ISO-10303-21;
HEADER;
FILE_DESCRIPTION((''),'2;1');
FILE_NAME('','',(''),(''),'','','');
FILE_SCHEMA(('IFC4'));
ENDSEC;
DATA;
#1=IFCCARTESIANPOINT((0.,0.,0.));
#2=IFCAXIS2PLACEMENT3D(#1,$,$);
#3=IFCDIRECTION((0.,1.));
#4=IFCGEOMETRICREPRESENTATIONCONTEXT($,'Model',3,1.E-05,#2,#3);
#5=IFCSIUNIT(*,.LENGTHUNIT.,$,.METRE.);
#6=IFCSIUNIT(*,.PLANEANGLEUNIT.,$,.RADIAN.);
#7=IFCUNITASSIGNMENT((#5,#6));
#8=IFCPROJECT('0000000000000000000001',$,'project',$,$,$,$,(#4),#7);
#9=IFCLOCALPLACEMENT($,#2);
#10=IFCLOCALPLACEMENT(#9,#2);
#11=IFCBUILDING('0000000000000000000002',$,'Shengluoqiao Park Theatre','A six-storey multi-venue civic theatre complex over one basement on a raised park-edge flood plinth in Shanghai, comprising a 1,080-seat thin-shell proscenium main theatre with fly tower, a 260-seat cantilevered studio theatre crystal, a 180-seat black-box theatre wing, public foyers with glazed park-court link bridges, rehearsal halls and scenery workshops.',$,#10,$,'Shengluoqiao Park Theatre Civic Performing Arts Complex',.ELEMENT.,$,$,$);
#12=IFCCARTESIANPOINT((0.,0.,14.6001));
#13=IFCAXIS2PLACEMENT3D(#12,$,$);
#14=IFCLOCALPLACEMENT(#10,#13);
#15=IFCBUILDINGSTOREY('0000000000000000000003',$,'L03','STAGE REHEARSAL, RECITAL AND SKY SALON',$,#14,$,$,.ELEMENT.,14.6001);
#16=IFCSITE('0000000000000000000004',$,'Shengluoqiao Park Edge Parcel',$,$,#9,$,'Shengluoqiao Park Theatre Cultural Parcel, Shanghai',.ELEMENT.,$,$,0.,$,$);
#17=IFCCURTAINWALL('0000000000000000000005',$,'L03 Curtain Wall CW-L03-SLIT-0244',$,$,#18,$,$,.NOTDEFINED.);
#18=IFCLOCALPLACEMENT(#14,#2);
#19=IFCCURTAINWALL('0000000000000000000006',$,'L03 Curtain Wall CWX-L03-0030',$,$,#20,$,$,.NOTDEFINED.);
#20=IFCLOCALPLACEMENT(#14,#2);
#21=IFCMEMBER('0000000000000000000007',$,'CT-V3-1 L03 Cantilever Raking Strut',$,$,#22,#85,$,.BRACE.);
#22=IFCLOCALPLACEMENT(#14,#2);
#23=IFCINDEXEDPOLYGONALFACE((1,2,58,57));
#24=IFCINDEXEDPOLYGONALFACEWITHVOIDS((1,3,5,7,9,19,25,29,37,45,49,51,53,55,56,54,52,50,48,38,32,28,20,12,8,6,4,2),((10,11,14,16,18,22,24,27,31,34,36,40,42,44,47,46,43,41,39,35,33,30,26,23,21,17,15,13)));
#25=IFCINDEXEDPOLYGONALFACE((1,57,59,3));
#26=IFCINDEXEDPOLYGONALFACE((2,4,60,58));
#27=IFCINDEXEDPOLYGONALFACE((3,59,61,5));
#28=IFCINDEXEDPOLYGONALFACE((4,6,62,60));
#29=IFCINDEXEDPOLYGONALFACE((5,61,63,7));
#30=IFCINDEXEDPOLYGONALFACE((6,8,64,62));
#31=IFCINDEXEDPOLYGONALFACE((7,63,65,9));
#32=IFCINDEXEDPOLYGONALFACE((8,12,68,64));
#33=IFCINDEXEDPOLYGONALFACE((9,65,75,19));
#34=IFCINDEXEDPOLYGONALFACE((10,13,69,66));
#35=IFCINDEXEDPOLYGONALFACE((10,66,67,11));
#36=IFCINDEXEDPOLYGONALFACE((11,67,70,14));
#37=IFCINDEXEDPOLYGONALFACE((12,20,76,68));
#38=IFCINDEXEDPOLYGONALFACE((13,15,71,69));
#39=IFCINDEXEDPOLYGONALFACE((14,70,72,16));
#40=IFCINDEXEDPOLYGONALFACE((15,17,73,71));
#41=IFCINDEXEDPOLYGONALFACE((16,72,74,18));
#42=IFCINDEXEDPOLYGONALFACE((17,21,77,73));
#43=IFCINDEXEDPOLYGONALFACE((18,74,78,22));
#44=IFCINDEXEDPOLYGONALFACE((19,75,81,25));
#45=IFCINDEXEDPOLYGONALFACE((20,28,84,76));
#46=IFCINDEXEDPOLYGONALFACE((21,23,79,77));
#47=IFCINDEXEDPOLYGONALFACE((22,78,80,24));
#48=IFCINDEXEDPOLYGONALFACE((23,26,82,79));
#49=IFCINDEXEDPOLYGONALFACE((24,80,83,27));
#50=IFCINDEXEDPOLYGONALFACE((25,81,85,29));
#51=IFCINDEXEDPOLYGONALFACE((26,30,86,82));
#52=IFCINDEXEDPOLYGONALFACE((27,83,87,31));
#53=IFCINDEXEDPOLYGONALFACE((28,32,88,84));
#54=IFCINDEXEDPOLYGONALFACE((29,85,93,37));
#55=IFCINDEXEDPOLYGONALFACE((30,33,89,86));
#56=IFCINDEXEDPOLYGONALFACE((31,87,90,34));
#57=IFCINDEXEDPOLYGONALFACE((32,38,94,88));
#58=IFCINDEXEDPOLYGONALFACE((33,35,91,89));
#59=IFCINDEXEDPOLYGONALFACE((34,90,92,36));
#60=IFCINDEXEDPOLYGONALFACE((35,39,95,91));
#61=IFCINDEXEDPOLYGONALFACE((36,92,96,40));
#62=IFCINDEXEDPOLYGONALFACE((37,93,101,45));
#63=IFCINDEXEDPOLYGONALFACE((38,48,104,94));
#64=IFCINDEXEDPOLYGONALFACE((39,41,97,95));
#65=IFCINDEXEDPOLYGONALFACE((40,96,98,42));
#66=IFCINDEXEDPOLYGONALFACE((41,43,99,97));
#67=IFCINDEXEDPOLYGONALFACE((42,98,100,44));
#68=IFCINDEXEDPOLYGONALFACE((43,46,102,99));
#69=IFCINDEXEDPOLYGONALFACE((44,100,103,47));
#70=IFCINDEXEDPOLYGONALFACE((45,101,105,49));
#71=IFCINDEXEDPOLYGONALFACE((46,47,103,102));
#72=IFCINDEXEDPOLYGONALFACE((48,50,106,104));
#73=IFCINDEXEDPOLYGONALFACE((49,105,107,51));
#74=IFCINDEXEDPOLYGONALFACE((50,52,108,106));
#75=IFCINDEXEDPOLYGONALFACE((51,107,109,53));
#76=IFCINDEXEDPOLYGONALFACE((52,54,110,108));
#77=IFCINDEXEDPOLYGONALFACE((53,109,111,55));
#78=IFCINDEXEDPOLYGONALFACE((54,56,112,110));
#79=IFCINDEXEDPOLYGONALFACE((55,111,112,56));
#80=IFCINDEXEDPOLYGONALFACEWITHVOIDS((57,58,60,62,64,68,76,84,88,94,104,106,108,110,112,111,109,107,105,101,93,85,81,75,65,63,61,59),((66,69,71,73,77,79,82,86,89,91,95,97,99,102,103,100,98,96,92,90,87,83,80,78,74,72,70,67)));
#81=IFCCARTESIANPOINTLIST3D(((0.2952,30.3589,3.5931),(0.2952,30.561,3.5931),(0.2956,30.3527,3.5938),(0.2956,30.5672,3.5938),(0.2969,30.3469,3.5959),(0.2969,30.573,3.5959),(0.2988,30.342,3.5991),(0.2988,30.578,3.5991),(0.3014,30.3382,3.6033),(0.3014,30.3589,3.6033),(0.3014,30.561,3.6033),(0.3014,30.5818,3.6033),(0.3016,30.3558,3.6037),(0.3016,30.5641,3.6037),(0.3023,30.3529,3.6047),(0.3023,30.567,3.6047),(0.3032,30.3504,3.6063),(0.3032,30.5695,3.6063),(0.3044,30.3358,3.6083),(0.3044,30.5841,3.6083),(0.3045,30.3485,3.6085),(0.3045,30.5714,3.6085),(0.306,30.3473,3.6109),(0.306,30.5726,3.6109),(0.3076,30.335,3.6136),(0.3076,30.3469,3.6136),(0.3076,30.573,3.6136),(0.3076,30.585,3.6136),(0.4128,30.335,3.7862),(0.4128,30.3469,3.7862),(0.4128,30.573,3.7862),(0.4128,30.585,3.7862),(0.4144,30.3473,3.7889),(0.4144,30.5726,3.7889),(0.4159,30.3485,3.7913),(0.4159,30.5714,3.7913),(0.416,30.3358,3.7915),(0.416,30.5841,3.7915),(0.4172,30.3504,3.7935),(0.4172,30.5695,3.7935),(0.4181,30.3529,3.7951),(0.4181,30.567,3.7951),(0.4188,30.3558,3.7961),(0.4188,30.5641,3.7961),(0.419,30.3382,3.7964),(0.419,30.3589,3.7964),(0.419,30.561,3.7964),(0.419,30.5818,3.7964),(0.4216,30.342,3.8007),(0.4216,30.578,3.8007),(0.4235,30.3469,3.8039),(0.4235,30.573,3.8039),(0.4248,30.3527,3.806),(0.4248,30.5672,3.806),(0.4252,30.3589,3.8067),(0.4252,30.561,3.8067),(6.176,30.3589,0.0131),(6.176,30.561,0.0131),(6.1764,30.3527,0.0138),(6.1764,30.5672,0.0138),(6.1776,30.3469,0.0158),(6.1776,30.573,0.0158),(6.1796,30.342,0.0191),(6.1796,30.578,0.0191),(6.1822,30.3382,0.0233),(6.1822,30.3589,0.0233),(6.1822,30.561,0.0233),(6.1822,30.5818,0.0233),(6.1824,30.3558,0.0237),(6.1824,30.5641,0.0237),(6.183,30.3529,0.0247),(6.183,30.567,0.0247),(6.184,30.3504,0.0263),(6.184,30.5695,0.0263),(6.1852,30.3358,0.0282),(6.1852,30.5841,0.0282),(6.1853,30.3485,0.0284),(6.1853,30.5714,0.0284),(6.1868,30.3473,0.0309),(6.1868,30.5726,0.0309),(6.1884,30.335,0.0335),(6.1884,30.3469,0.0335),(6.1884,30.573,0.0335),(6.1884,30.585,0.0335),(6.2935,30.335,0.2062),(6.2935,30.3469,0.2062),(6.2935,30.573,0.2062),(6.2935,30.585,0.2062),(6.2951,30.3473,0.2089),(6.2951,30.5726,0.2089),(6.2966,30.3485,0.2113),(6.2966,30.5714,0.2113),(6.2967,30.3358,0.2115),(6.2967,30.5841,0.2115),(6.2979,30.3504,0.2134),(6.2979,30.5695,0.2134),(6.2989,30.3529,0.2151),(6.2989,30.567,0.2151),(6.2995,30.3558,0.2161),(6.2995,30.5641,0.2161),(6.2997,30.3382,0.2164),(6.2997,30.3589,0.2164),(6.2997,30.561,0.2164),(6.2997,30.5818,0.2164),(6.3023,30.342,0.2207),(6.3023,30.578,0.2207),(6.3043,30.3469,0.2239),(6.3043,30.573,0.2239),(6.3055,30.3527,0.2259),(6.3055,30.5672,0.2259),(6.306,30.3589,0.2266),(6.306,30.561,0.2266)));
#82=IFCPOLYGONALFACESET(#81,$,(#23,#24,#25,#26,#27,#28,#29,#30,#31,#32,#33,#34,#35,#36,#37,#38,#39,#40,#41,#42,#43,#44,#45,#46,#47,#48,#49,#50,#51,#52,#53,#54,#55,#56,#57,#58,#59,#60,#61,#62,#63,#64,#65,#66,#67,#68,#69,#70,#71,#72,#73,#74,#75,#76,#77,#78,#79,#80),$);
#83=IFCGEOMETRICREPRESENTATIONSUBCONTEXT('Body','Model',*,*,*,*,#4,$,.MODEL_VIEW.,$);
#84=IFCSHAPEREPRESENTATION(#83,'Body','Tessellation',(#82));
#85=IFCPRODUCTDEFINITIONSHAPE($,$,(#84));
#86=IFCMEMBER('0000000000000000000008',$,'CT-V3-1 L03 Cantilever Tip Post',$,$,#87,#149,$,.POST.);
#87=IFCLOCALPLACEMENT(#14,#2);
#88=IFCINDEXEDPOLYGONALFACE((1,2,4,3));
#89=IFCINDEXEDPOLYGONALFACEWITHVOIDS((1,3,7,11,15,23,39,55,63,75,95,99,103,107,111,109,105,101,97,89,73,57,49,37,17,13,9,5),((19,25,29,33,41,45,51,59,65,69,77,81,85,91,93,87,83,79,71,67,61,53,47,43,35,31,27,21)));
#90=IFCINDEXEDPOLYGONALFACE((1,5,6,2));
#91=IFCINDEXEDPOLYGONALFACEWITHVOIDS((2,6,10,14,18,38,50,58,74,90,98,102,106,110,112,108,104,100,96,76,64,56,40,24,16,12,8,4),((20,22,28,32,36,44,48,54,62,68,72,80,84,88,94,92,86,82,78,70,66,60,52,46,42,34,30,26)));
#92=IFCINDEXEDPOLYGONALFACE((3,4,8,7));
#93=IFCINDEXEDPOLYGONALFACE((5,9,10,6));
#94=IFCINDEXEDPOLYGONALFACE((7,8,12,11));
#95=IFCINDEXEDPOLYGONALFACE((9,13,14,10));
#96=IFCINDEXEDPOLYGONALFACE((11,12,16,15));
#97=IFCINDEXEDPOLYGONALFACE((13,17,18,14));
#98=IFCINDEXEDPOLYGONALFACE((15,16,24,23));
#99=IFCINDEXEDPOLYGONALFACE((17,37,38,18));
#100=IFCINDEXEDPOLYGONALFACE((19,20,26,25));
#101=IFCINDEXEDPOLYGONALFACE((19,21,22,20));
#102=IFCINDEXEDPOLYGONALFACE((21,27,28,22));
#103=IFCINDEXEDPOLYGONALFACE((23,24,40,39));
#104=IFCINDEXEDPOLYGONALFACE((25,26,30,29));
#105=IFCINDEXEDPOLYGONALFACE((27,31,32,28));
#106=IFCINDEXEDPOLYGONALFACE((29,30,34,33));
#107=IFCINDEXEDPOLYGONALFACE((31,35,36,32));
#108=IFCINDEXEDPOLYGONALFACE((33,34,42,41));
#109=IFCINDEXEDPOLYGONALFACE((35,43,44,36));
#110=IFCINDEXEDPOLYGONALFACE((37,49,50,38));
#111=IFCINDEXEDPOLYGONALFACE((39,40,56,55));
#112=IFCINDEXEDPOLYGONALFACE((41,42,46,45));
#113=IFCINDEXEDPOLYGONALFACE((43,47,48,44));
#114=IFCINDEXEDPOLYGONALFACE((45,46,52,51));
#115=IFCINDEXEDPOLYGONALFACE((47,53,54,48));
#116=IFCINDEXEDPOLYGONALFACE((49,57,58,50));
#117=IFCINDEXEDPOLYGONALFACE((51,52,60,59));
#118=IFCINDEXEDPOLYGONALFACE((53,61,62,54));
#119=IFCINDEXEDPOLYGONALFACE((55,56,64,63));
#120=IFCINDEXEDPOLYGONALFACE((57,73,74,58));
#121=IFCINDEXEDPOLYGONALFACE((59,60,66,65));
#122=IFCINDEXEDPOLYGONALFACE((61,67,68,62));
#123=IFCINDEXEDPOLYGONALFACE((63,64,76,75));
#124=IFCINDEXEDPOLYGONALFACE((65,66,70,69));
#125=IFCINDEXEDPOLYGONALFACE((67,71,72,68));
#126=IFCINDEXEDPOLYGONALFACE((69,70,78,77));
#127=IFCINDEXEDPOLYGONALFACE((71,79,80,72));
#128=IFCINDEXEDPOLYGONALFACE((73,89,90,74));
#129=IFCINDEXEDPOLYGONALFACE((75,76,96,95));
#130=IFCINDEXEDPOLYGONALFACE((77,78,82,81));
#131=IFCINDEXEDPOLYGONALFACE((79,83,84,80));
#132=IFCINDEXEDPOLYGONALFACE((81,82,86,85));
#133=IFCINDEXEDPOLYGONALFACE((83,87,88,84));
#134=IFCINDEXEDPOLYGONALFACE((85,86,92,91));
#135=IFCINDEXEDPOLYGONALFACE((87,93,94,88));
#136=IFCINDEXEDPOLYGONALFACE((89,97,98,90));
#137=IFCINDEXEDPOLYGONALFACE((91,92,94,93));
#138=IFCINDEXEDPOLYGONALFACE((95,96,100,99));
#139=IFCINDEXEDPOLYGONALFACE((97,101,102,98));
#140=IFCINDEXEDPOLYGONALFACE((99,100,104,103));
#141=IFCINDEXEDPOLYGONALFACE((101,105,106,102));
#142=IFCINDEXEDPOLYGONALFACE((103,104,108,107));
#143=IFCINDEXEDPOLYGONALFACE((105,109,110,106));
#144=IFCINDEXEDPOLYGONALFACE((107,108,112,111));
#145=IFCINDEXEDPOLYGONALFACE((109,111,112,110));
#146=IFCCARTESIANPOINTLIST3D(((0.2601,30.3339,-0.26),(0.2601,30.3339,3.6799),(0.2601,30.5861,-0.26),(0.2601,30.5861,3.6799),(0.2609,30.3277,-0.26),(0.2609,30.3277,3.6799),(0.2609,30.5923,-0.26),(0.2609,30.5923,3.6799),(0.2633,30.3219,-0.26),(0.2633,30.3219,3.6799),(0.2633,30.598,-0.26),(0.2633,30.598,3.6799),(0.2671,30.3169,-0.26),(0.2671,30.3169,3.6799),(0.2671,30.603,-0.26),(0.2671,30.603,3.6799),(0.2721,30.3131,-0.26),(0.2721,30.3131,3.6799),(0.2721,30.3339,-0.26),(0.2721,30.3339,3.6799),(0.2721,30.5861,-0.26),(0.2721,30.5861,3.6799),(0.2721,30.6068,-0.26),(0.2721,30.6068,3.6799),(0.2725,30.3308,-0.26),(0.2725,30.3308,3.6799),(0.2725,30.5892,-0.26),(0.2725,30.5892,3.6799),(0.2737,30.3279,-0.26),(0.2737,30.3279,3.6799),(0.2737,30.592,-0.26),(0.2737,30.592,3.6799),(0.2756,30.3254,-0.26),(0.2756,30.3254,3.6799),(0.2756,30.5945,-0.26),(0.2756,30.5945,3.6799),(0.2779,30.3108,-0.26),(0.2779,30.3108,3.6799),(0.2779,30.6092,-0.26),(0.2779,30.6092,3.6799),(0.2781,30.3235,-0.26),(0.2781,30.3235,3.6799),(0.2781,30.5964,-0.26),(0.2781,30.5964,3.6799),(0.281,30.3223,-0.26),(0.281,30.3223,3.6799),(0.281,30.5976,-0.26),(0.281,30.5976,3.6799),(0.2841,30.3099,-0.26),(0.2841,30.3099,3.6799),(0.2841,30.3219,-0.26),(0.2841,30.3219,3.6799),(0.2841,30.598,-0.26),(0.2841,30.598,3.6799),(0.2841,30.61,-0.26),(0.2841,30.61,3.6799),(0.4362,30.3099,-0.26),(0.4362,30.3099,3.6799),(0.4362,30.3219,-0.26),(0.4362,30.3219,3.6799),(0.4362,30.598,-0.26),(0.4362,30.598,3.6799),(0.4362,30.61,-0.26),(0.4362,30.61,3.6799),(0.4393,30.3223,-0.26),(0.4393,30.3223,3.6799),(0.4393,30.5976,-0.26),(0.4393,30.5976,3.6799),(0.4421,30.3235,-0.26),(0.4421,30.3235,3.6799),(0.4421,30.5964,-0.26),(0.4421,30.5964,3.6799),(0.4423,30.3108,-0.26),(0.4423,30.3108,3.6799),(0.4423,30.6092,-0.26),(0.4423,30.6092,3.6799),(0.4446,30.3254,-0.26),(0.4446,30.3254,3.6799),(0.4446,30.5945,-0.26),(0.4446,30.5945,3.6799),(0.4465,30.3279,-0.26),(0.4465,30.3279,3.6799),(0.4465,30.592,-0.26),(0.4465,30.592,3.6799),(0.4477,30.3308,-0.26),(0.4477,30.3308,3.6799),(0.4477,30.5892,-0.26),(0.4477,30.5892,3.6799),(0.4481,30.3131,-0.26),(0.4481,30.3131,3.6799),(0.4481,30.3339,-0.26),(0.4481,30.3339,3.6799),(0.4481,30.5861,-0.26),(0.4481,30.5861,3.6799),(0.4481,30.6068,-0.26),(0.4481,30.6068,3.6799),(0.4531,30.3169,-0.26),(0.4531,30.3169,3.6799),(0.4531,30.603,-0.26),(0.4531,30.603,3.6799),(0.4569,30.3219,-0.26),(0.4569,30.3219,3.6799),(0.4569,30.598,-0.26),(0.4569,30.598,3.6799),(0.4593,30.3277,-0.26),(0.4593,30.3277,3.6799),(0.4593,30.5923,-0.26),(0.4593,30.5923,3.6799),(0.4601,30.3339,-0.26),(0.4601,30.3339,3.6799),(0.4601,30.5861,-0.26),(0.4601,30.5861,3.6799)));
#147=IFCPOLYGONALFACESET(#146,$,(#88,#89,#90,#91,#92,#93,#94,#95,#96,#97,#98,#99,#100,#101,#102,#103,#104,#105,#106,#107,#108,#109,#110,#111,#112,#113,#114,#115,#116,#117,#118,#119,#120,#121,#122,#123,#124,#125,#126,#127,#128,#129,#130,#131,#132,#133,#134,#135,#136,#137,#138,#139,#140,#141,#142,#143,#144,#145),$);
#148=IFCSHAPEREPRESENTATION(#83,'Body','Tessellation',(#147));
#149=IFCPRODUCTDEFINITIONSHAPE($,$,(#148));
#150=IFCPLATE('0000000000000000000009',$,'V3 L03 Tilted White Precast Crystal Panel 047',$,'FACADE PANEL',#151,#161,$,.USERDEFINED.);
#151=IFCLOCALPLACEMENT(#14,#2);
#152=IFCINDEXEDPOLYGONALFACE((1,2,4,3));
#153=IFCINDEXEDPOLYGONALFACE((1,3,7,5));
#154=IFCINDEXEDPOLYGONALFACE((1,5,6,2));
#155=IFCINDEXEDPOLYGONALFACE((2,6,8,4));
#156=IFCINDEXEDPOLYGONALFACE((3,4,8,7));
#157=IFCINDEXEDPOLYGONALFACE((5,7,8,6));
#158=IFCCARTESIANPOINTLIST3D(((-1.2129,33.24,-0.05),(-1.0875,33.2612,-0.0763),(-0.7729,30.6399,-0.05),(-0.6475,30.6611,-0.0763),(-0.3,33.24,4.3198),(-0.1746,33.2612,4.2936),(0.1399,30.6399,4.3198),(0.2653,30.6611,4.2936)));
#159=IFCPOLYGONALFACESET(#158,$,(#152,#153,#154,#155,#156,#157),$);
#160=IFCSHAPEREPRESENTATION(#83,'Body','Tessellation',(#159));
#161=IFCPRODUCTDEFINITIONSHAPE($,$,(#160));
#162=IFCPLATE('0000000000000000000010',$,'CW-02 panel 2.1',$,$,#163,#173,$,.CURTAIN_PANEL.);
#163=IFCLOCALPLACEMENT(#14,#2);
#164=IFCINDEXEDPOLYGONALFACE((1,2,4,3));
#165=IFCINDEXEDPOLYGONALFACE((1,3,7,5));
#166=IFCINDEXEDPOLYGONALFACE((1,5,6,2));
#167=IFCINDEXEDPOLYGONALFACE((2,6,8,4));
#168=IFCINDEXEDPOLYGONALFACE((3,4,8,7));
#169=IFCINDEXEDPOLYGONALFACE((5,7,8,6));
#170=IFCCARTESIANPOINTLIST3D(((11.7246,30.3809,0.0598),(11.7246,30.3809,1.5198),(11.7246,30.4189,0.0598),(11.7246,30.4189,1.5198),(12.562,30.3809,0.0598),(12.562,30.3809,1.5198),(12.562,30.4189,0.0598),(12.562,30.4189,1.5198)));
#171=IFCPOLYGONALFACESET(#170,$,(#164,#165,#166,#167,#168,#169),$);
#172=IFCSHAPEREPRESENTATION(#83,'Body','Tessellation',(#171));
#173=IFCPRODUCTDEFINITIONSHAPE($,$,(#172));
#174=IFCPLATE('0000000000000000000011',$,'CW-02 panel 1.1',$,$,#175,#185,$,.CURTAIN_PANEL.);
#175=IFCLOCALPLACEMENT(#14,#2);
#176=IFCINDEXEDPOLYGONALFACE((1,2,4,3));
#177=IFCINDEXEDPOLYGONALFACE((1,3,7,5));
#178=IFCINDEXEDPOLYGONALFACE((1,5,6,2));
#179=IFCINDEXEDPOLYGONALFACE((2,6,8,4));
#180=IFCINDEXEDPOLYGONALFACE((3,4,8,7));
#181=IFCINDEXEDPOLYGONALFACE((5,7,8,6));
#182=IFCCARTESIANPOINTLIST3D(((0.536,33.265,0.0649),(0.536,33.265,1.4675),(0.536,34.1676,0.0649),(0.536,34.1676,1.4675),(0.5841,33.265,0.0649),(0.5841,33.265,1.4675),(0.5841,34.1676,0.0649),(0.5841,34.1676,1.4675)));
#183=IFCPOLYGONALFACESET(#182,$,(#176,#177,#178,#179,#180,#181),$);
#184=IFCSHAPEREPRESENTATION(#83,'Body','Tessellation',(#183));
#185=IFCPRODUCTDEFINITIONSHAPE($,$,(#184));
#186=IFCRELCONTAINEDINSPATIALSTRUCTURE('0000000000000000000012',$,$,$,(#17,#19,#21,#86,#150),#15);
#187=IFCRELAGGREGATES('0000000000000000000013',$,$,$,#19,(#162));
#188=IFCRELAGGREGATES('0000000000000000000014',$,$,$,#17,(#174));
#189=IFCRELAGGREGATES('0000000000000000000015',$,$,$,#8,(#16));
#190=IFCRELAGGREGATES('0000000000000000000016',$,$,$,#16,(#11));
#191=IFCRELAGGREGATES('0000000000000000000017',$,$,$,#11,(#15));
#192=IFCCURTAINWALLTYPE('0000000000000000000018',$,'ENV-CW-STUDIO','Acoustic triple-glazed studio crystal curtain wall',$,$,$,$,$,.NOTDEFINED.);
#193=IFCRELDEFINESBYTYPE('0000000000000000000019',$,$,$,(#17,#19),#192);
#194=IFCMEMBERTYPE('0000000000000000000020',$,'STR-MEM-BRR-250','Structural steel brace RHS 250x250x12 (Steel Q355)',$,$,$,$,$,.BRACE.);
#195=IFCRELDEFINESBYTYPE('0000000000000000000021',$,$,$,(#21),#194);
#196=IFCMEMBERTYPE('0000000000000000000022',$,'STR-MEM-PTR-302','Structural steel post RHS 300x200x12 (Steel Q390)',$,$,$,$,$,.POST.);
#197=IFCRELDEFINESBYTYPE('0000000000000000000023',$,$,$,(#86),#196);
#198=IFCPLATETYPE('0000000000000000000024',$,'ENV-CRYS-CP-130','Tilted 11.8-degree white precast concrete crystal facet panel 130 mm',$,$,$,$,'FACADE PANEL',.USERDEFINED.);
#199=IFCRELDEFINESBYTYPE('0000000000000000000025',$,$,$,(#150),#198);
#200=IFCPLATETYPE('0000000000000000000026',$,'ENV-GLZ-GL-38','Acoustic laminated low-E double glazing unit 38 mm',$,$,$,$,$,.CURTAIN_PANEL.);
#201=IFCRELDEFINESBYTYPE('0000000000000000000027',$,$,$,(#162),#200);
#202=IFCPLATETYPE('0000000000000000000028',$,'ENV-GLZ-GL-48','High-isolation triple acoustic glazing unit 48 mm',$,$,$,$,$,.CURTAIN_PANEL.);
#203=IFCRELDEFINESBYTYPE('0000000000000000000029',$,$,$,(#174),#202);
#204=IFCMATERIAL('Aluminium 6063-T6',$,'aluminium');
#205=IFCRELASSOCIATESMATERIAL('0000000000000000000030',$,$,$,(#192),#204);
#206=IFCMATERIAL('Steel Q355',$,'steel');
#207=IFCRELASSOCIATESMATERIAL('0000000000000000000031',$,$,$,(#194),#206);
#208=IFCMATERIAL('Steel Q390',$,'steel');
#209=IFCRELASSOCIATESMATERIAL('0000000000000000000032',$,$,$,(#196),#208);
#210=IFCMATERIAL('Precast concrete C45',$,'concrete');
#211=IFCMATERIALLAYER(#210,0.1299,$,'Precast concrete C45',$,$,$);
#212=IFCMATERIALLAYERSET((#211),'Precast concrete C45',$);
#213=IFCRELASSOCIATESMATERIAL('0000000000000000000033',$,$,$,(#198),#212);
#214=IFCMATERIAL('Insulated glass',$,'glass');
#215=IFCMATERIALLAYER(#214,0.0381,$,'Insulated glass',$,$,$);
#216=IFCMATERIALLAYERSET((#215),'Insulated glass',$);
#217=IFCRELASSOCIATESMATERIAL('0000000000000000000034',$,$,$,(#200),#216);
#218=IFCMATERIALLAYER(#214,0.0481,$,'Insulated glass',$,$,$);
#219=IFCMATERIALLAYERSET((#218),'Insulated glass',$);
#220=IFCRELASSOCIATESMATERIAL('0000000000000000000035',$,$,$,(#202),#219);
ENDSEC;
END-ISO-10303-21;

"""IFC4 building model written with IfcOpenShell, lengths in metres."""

from ifc_helpers import new_model, si_unit, direction, frame, origin, origin_2d, place, context, subcontext, project, spatial, polyline, rectangle, hollow_rectangle, outline, extrude, material, layer, layer_set, material_profile, profile_set, type_object, element, aggregate, save


model = new_model("IFC4")

# Units and contexts
model_context = context("Model", 3, precision=1e-05, world=origin(), true_north=direction((0.0, 1.0)))
body_context = subcontext(model_context, "Body", "Model", "MODEL_VIEW")
ifc_project = project(units=[si_unit("LENGTHUNIT", "METRE"), si_unit("PLANEANGLEUNIT", "RADIAN")], contexts=[model_context])

# Site, building, storey
site_placement = place(None, origin())
site = spatial("IfcSite", under=ifc_project, at=site_placement, Name="Shengluoqiao Park Edge Parcel", LongName="Shengluoqiao Park Theatre Cultural Parcel, Shanghai", CompositionType="ELEMENT", RefElevation=0.0)
building_placement = place(site_placement, origin())
building = spatial("IfcBuilding", under=site, at=building_placement, Name="Shengluoqiao Park Theatre", Description="A six-storey multi-venue civic theatre complex over one basement on a raised park-edge flood plinth in Shanghai, comprising a 1,080-seat thin-shell proscenium main theatre with fly tower, a 260-seat cantilevered studio theatre crystal, a 180-seat black-box theatre wing, public foyers with glazed park-court link bridges, rehearsal halls and scenery workshops.", LongName="Shengluoqiao Park Theatre Civic Performing Arts Complex", CompositionType="ELEMENT")
storey_placement = place(building_placement, frame((0.0, 0.0, 14.6001)))
storey = spatial("IfcBuildingStorey", under=building, at=storey_placement, Name="L03", Description="STAGE REHEARSAL, RECITAL AND SKY SALON", CompositionType="ELEMENT", Elevation=14.6001)

# Curtain walls
ifc_material_1 = material(Name="Aluminium 6063-T6", Category="aluminium")
curtain_wall_type = type_object("IfcCurtainWallType", Name="ENV-CW-STUDIO", Description="Acoustic triple-glazed studio crystal curtain wall", PredefinedType="NOTDEFINED", material=ifc_material_1)
curtain_wall_1_placement = place(storey_placement, origin())
curtain_wall_1 = element("IfcCurtainWall", 1, at=curtain_wall_1_placement, inside=storey, type_object=curtain_wall_type, Name="L03 Curtain Wall CW-L03-SLIT-0244", PredefinedType="NOTDEFINED")
curtain_wall_2_placement = place(storey_placement, origin())
curtain_wall_2 = element("IfcCurtainWall", 2, at=curtain_wall_2_placement, inside=storey, type_object=curtain_wall_type, Name="L03 Curtain Wall CWX-L03-0030", PredefinedType="NOTDEFINED")

# Shared definitions
ifc_material_2 = material(Name="Steel Q355", Category="steel")

# Members
ifc_material_profile_1 = material_profile(ifc_material_2, hollow_rectangle(XDim=0.25, YDim=0.25, WallThickness=0.012, InnerFilletRadius=0.012, OuterFilletRadius=0.0239, at=origin_2d()), Name="RHS 250x250x12")
ifc_profile_set_1 = profile_set([ifc_material_profile_1], Name="Steel Q355")
member_type_1 = type_object("IfcMemberType", Name="STR-MEM-BRR-250", Description="Structural steel brace RHS 250x250x12 (Steel Q355)", PredefinedType="BRACE", material=ifc_profile_set_1)
member_1_placement = place(storey_placement, frame((6.241, 30.46, 0.1199), z_axis=(-0.854171, 0.0, 0.519992), x_axis=(0.0, -1.0, 0.0)))
element("IfcMember", 3, at=member_1_placement, inside=storey, type_object=member_type_1, Name="CT-V3-1 L03 Cantilever Raking Strut", PredefinedType="BRACE", context=body_context, shape_type="SweptSolid", body=[
    extrude(hollow_rectangle(XDim=0.25, YDim=0.25, WallThickness=0.012, InnerFilletRadius=0.012, OuterFilletRadius=0.0239, at=origin_2d()), origin(), (0.0, 0.0, 1.0), 6.8848),
])
ifc_material_3 = material(Name="Steel Q390", Category="steel")
ifc_material_profile_2 = material_profile(ifc_material_3, hollow_rectangle(XDim=0.2, YDim=0.3, WallThickness=0.012, InnerFilletRadius=0.012, OuterFilletRadius=0.0239, at=origin_2d()), Name="RHS 300x200x12")
ifc_profile_set_2 = profile_set([ifc_material_profile_2], Name="Steel Q390")
member_type_2 = type_object("IfcMemberType", Name="STR-MEM-PTR-302", Description="Structural steel post RHS 300x200x12 (Steel Q390)", PredefinedType="POST", material=ifc_profile_set_2)
member_2_placement = place(storey_placement, frame((0.3601, 30.46, -0.26), z_axis=(0.0, 0.0, 1.0), x_axis=(1.0, 0.0, 0.0)))
element("IfcMember", 4, at=member_2_placement, inside=storey, type_object=member_type_2, Name="CT-V3-1 L03 Cantilever Tip Post", PredefinedType="POST", context=body_context, shape_type="SweptSolid", body=[
    extrude(hollow_rectangle(XDim=0.2, YDim=0.3, WallThickness=0.012, InnerFilletRadius=0.012, OuterFilletRadius=0.0239, at=origin_2d()), origin(), (0.0, 0.0, 1.0), 3.9399),
])

# Plates
ifc_material_4 = material(Name="Precast concrete C45", Category="concrete")
ifc_layer_1 = layer(ifc_material_4, 0.1299, Name="Precast concrete C45")
ifc_layer_set_1 = layer_set([ifc_layer_1], Name="Precast concrete C45")
plate_type_1 = type_object("IfcPlateType", Name="ENV-CRYS-CP-130", Description="Tilted 11.8-degree white precast concrete crystal facet panel 130 mm", ElementType="FACADE PANEL", PredefinedType="USERDEFINED", material=ifc_layer_set_1)
plate_1_placement = place(storey_placement, frame((-0.7729, 30.6399, -0.05), z_axis=(-0.965714, -0.163401, 0.201732), x_axis=(-0.166831, 0.985986, 0.0)))
element("IfcPlate", 5, at=plate_1_placement, inside=storey, type_object=plate_type_1, Name="V3 L03 Tilted White Precast Crystal Panel 047", ObjectType="FACADE PANEL", PredefinedType="USERDEFINED", context=body_context, shape_type="SweptSolid", body=[
    extrude(outline(polyline([(0.0, 0.0), (2.6371, 0.0), (2.4848, -4.4616), (-0.1523, -4.4616), (0.0, 0.0)])), origin(), (0.0, 0.0, -1.0), 0.1299),
])
ifc_material_5 = material(Name="Insulated glass", Category="glass")
ifc_layer_2 = layer(ifc_material_5, 0.0381, Name="Insulated glass")
ifc_layer_set_2 = layer_set([ifc_layer_2], Name="Insulated glass")
plate_type_2 = type_object("IfcPlateType", Name="ENV-GLZ-GL-38", Description="Acoustic laminated low-E double glazing unit 38 mm", PredefinedType="CURTAIN_PANEL", material=ifc_layer_set_2)
plate_2_placement = place(storey_placement, frame((12.1433, 30.3999, 0.0598), z_axis=(0.0, 0.0, 1.0), x_axis=(1.0, 0.0, 0.0)))
plate_2 = element("IfcPlate", 6, at=plate_2_placement, type_object=plate_type_2, Name="CW-02 panel 2.1", PredefinedType="CURTAIN_PANEL", context=body_context, shape_type="SweptSolid", body=[
    extrude(rectangle(XDim=0.8374, YDim=0.0381, at=origin_2d()), origin(), (0.0, 0.0, 1.0), 1.46),
])
aggregate(curtain_wall_2, [plate_2])
ifc_layer_3 = layer(ifc_material_5, 0.0481, Name="Insulated glass")
ifc_layer_set_3 = layer_set([ifc_layer_3], Name="Insulated glass")
plate_type_3 = type_object("IfcPlateType", Name="ENV-GLZ-GL-48", Description="High-isolation triple acoustic glazing unit 48 mm", PredefinedType="CURTAIN_PANEL", material=ifc_layer_set_3)
plate_3_placement = place(storey_placement, frame((0.5601, 33.7163, 0.0649), z_axis=(0.0, 0.0, 1.0), x_axis=(0.0, 1.0, 0.0)))
plate_3 = element("IfcPlate", 7, at=plate_3_placement, type_object=plate_type_3, Name="CW-02 panel 1.1", PredefinedType="CURTAIN_PANEL", context=body_context, shape_type="SweptSolid", body=[
    extrude(rectangle(XDim=0.9026, YDim=0.0481, at=origin_2d()), origin(), (0.0, 0.0, 1.0), 1.4026),
])
aggregate(curtain_wall_1, [plate_3])

save(model, "model.ifc")
